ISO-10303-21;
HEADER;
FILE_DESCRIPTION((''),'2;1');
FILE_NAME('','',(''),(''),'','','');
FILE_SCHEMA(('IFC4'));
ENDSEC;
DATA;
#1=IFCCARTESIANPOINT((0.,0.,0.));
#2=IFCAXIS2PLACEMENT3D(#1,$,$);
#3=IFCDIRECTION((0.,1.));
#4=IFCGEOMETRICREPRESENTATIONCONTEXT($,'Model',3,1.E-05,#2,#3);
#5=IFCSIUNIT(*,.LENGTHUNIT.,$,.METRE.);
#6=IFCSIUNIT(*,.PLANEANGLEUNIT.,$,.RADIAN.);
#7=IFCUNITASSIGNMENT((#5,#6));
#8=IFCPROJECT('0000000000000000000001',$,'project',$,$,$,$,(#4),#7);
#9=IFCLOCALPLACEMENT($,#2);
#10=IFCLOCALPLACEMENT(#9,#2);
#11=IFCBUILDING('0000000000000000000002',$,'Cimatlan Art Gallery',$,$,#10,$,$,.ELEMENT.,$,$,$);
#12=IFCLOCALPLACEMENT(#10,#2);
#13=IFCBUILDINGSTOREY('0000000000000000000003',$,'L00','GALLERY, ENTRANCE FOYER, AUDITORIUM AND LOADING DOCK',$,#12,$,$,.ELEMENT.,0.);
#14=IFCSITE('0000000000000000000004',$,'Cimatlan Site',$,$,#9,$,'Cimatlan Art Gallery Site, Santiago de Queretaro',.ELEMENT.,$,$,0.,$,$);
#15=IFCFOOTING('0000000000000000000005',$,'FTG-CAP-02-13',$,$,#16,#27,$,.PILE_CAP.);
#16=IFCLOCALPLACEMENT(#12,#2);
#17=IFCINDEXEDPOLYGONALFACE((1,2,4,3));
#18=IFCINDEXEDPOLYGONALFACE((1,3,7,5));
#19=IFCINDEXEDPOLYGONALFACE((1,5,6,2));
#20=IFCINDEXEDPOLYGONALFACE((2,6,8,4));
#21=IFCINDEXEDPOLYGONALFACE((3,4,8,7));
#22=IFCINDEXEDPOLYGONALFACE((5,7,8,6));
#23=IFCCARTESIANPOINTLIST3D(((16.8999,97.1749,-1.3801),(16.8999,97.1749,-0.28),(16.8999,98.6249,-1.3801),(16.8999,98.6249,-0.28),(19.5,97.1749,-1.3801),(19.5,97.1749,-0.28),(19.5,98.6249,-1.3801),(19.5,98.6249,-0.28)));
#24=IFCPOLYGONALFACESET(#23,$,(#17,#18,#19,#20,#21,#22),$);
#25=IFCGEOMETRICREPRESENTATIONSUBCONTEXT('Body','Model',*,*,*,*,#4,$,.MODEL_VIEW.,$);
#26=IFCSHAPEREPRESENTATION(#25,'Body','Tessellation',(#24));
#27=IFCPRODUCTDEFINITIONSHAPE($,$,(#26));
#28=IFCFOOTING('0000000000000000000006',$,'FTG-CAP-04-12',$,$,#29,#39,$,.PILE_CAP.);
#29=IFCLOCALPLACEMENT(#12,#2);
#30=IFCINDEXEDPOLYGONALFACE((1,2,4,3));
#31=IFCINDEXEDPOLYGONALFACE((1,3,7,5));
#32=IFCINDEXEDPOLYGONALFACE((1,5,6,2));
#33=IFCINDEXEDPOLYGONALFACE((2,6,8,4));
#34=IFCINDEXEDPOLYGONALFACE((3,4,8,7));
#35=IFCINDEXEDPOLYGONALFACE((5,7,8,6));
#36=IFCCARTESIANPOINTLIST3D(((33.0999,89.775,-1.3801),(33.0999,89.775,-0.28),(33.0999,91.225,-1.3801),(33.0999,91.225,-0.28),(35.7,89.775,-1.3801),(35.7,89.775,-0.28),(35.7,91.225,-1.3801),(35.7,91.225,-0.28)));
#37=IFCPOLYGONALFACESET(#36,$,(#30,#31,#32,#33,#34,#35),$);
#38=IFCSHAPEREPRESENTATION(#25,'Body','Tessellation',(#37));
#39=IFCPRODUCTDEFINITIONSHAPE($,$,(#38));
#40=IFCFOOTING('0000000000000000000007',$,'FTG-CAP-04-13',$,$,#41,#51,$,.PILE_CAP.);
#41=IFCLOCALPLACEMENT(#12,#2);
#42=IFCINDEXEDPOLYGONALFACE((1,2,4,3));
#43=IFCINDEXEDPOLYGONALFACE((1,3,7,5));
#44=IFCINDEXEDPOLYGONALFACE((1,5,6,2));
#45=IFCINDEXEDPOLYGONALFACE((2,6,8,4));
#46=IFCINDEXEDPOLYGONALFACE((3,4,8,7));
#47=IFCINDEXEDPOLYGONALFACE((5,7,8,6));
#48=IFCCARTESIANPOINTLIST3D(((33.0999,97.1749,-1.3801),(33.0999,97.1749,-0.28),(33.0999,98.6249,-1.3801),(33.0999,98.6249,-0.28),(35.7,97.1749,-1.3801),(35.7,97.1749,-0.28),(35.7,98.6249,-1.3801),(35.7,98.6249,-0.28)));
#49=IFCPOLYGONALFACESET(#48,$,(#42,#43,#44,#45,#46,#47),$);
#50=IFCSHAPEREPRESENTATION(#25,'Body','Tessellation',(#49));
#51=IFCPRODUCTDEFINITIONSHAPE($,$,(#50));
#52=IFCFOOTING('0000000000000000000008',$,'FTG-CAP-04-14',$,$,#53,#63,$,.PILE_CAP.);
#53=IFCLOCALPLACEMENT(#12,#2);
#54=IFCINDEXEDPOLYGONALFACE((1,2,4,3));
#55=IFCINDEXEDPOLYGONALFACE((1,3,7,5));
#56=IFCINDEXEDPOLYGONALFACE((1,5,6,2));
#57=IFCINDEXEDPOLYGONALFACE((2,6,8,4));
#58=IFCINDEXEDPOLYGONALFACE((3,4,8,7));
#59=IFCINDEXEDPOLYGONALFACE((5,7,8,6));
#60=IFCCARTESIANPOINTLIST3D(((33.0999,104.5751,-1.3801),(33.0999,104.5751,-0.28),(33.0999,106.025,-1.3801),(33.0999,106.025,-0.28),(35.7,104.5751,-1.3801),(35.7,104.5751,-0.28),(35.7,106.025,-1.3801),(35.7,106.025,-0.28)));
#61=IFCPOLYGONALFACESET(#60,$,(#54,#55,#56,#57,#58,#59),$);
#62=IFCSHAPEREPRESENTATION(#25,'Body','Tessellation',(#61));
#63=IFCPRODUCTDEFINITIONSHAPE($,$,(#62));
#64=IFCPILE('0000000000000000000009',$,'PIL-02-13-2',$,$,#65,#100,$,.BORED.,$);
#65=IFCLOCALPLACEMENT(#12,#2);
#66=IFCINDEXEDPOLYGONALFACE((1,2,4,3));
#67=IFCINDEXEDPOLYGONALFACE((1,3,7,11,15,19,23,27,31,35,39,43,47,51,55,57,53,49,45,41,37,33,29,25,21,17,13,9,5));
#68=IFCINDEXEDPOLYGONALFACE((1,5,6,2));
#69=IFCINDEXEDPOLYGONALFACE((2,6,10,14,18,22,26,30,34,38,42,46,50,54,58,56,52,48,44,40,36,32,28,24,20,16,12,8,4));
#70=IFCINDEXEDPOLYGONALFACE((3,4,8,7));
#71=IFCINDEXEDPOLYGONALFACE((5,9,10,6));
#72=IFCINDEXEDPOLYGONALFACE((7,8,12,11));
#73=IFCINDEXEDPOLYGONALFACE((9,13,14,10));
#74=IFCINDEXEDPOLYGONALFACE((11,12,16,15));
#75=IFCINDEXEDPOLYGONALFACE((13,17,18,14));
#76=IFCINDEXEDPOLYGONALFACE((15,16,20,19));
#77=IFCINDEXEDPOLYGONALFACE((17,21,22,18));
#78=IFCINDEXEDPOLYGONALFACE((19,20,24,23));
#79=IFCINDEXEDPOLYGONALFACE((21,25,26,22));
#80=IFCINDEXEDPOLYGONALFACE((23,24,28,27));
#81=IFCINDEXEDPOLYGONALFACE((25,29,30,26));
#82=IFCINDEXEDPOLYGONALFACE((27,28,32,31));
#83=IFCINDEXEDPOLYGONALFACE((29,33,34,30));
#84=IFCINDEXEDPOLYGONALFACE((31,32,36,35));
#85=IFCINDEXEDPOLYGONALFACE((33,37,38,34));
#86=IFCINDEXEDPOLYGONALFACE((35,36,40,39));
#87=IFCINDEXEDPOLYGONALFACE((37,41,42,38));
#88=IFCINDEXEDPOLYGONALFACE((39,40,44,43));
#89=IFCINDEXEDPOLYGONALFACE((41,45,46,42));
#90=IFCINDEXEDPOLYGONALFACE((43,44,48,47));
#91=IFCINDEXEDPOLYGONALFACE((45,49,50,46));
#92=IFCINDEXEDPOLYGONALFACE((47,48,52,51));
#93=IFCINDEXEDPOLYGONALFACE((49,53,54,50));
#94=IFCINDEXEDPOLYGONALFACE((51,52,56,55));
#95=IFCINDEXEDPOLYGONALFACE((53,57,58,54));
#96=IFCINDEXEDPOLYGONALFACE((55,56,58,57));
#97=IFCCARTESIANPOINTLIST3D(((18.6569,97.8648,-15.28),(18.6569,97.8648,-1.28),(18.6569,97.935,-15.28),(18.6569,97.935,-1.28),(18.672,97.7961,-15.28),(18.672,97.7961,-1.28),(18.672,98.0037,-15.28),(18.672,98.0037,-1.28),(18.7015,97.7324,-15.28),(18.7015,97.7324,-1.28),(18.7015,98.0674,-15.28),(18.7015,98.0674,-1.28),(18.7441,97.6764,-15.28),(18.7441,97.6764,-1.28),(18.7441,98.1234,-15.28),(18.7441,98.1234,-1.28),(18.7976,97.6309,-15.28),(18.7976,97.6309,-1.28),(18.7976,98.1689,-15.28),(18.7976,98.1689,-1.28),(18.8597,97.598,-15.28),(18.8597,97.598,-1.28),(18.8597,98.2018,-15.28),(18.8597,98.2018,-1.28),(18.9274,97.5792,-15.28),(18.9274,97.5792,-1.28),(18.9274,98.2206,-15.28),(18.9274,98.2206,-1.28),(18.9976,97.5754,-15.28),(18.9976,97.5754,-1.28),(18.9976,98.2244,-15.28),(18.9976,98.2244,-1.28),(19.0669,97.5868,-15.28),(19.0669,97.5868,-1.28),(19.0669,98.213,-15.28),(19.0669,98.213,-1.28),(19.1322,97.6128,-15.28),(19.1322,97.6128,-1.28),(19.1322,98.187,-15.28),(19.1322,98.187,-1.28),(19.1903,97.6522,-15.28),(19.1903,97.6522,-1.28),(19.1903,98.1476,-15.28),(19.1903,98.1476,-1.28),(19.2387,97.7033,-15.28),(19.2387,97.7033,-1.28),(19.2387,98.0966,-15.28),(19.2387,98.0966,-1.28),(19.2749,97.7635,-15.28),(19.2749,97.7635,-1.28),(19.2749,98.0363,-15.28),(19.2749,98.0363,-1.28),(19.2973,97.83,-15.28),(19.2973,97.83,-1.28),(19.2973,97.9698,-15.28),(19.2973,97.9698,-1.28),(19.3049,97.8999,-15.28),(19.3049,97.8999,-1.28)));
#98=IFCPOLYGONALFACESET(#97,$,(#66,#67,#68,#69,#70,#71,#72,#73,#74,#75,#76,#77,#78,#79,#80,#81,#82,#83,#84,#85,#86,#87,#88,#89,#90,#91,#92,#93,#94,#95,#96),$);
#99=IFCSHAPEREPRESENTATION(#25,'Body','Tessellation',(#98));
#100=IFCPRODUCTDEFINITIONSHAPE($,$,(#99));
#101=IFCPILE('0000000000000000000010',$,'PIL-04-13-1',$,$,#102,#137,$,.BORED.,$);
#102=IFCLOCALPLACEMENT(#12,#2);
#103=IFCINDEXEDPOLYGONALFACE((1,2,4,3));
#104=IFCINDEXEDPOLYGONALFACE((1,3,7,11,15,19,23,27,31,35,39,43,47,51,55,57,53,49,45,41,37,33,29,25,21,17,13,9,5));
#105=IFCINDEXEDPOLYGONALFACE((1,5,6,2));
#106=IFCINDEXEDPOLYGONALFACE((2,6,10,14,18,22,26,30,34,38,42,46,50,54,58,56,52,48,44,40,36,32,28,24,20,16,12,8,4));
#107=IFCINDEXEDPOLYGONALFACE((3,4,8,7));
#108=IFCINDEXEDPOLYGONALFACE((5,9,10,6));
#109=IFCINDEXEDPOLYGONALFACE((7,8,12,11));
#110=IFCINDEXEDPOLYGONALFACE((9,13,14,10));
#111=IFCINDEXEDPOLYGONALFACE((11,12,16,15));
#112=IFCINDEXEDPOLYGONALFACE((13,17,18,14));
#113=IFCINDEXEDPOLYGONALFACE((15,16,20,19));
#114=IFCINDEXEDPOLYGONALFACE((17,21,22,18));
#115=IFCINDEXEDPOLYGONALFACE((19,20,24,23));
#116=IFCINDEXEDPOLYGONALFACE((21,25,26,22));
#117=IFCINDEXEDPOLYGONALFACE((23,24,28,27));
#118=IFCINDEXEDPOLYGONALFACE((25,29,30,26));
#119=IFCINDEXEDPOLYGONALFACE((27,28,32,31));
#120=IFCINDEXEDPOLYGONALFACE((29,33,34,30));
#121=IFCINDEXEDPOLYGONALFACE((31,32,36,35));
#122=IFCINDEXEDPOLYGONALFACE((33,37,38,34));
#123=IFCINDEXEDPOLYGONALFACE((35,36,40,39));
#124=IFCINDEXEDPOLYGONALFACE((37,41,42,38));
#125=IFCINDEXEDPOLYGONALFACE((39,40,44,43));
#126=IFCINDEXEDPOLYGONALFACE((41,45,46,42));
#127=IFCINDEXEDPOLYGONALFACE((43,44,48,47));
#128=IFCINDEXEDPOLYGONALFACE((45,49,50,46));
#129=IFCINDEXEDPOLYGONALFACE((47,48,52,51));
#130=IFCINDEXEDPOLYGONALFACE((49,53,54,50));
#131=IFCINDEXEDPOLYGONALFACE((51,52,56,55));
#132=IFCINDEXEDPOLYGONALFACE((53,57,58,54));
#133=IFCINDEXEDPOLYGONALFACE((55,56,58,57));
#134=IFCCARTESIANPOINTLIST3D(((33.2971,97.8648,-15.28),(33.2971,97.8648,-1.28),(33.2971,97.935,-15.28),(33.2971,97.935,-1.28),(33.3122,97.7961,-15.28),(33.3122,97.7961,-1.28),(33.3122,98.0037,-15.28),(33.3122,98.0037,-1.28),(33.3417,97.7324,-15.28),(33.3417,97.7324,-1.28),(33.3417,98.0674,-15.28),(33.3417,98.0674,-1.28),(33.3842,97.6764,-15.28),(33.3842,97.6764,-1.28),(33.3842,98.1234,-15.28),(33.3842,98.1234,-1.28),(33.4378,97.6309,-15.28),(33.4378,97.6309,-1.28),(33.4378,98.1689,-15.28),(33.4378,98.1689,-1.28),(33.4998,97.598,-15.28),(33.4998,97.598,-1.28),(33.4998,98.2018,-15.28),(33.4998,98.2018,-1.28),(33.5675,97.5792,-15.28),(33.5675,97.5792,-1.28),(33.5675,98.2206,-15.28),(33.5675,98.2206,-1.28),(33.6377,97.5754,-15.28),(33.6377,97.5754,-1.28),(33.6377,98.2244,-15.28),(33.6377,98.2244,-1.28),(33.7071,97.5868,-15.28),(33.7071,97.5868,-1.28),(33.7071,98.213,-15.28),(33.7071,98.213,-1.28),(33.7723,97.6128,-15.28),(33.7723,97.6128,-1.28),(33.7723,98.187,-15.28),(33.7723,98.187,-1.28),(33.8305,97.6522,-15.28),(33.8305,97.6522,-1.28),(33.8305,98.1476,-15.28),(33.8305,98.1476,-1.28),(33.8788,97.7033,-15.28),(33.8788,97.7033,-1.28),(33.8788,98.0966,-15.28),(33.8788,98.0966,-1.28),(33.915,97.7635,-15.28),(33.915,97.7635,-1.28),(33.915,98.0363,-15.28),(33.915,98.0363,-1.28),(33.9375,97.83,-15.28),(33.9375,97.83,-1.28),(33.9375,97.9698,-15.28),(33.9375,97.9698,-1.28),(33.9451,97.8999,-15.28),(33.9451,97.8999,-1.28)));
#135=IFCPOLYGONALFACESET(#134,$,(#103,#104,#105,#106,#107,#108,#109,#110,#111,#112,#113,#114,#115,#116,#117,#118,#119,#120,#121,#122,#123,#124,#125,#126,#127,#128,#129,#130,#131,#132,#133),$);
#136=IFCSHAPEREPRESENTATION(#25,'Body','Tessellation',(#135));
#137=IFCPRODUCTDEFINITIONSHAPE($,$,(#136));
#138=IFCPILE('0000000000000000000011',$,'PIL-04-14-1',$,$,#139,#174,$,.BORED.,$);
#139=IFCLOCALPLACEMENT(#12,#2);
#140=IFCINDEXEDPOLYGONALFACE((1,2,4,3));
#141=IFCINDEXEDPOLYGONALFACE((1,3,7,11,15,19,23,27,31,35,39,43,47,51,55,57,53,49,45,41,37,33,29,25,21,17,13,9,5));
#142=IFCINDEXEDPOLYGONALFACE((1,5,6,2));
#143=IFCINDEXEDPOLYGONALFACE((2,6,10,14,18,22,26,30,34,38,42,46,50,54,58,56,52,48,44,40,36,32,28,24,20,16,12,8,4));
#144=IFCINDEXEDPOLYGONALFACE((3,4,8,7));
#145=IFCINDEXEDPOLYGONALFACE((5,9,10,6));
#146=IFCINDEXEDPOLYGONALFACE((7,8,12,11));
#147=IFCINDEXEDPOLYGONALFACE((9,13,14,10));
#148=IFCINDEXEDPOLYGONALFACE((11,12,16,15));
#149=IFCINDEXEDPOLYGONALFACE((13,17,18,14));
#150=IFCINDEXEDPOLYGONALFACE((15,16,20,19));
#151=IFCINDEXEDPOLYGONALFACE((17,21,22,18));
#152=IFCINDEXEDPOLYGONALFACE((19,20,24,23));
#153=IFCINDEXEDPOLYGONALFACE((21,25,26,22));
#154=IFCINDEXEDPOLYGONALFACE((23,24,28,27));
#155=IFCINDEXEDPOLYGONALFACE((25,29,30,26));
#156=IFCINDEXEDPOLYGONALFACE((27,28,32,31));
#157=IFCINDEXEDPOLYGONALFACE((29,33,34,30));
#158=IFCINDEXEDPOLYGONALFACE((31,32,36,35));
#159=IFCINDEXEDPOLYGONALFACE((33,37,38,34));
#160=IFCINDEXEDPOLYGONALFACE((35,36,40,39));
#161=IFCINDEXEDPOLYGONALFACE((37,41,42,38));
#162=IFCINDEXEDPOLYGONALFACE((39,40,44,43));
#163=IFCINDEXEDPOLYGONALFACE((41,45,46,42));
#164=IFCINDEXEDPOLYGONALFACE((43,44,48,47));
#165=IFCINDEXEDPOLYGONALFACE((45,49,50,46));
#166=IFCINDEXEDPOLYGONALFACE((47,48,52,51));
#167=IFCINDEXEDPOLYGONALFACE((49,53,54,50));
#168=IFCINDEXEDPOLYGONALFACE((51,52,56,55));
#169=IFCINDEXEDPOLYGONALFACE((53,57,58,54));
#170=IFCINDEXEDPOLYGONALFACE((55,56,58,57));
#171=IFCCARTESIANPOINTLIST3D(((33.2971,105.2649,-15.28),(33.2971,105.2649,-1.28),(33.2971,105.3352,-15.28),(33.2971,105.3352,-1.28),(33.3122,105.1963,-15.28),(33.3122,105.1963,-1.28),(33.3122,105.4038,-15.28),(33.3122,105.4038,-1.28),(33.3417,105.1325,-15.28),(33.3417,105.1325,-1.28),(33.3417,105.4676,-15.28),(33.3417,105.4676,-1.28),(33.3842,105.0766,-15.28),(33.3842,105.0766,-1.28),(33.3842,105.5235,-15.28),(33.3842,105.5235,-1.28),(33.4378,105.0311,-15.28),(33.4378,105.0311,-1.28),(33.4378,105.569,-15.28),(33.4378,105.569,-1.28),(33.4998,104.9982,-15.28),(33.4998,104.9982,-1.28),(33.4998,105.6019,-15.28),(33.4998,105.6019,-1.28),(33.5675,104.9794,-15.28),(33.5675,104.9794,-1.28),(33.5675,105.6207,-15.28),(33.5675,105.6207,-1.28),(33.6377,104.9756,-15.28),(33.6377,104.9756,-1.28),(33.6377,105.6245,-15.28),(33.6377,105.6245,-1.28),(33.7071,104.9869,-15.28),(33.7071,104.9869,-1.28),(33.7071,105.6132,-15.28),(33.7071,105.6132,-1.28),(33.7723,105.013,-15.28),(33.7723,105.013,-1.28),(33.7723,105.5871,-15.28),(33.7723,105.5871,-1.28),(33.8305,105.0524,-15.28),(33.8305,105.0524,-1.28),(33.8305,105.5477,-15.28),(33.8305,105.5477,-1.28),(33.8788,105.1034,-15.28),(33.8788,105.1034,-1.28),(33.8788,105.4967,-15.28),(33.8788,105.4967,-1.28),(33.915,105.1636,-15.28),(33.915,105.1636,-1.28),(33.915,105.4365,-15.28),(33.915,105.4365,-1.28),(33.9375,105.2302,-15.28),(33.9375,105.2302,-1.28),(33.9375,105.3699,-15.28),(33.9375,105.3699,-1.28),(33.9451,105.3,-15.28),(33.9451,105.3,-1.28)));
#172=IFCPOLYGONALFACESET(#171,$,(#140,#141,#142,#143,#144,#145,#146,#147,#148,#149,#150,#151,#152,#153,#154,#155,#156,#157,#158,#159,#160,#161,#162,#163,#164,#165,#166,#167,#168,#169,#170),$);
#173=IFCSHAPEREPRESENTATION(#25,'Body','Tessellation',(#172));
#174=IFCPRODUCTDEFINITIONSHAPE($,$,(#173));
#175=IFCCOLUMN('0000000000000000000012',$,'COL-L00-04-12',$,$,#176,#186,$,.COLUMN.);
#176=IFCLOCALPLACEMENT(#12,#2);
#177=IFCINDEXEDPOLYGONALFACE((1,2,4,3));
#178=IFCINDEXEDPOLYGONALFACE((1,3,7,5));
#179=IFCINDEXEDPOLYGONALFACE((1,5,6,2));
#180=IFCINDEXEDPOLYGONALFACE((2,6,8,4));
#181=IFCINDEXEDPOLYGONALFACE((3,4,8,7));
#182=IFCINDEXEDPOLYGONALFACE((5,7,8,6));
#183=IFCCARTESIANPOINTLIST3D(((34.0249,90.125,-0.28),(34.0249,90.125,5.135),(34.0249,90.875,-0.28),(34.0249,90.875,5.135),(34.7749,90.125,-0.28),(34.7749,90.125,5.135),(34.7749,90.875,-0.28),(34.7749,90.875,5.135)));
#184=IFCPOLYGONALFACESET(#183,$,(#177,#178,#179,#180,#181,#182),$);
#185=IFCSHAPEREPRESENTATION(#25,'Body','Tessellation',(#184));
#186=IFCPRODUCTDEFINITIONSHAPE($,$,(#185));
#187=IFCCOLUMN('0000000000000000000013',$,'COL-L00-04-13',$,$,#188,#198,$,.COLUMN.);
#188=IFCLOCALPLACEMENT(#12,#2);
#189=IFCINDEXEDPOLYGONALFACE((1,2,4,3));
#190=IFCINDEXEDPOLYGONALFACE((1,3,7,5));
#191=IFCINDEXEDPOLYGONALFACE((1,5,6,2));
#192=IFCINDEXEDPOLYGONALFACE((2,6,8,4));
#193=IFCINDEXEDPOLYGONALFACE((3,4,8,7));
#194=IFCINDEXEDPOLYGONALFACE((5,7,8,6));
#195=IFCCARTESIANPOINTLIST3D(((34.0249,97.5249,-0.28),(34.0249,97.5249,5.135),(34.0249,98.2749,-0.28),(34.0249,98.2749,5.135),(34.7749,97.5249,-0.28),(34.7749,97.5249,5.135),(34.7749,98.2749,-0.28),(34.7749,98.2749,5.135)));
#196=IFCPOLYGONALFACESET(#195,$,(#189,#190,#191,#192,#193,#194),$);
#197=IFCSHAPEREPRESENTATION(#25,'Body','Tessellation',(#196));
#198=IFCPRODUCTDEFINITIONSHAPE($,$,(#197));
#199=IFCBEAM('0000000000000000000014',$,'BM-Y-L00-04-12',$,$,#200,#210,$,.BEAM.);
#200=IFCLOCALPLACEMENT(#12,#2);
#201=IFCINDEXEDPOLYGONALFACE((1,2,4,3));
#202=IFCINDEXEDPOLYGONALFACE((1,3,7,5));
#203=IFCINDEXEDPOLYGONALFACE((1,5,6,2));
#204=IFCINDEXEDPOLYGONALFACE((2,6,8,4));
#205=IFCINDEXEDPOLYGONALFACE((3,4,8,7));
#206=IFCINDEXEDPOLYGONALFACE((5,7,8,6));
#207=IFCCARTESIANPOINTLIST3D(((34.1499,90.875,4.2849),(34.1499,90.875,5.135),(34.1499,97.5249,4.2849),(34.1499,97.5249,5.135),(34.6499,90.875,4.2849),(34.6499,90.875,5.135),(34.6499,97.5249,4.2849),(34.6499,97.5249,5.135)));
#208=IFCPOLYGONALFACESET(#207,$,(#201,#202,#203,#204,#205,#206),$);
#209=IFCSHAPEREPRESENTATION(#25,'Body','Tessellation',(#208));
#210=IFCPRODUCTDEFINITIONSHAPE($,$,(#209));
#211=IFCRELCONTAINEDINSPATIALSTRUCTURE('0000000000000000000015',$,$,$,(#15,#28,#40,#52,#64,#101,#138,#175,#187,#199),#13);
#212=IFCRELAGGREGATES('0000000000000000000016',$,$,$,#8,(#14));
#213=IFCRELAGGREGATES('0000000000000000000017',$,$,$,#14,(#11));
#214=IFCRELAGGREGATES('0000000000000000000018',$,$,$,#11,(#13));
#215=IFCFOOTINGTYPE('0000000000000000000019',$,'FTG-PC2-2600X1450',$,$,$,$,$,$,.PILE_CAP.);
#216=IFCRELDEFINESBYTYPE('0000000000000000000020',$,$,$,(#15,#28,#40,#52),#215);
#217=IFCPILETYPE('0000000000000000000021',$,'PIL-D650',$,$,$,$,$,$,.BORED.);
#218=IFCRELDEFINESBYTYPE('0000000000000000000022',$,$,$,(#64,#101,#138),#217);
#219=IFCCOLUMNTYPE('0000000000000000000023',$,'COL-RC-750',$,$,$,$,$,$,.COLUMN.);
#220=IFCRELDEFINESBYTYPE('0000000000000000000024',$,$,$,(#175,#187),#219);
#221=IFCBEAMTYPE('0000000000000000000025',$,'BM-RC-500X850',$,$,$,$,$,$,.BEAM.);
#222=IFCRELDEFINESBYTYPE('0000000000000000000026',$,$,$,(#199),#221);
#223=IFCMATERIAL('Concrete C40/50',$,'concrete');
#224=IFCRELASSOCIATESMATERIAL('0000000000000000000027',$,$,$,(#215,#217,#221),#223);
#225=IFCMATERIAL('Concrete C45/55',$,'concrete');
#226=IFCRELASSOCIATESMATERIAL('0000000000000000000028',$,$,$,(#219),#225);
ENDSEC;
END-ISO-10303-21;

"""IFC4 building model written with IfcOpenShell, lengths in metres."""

from ifc_helpers import new_model, si_unit, direction, frame, origin, origin_2d, place, context, subcontext, project, spatial, rectangle, circle, extrude, material, material_profile, profile_set, type_object, element, save


model = new_model("IFC4")

# Units and contexts
model_context = context("Model", 3, precision=1e-05, world=origin(), true_north=direction((0.0, 1.0)))
body_context = subcontext(model_context, "Body", "Model", "MODEL_VIEW")
ifc_project = project(units=[si_unit("LENGTHUNIT", "METRE"), si_unit("PLANEANGLEUNIT", "RADIAN")], contexts=[model_context])

# Site, building, storey
site_placement = place(None, origin())
site = spatial("IfcSite", under=ifc_project, at=site_placement, Name="Cimatlan Site", LongName="Cimatlan Art Gallery Site, Santiago de Queretaro", CompositionType="ELEMENT", RefElevation=0.0)
building_placement = place(site_placement, origin())
building = spatial("IfcBuilding", under=site, at=building_placement, Name="Cimatlan Art Gallery", CompositionType="ELEMENT")
storey_placement = place(building_placement, origin())
storey = spatial("IfcBuildingStorey", under=building, at=storey_placement, Name="L00", Description="GALLERY, ENTRANCE FOYER, AUDITORIUM AND LOADING DOCK", CompositionType="ELEMENT", Elevation=0.0)

# Footings
ifc_material_1 = material(Name="Concrete C40/50", Category="concrete")
footing_type = type_object("IfcFootingType", Name="FTG-PC2-2600X1450", PredefinedType="PILE_CAP", material=ifc_material_1)
for number, where, z_axis, x_axis, name in (
    (1, (18.2, 97.8999, -1.3801), (0.0, 0.0, 1.0), (1.0, 0.0, 0.0), "FTG-CAP-02-13"),
    (2, (34.3999, 90.5, -1.3801), (0.0, 0.0, 1.0), (1.0, 0.0, 0.0), "FTG-CAP-04-12"),
    (3, (34.3999, 97.8999, -1.3801), (0.0, 0.0, 1.0), (1.0, 0.0, 0.0), "FTG-CAP-04-13"),
    (4, (34.3999, 105.3, -1.3801), (0.0, 0.0, 1.0), (1.0, 0.0, 0.0), "FTG-CAP-04-14"),
):
    element("IfcFooting", number, at=place(storey_placement, frame(where, z_axis=z_axis, x_axis=x_axis)), inside=storey, type_object=footing_type, Name=name, PredefinedType="PILE_CAP", context=body_context, shape_type="SweptSolid", body=[
        extrude(rectangle(XDim=2.6001, YDim=1.45, at=origin_2d()), origin(), (0.0, 0.0, 1.0), 1.1001),
    ])

# Piles
pile_type = type_object("IfcPileType", Name="PIL-D650", PredefinedType="BORED", material=ifc_material_1)
for number, where, z_axis, x_axis, name in (
    (5, (18.98, 97.8999, -1.28), (0.0, 0.0, -1.0), (1.0, 0.0, 0.0), "PIL-02-13-2"),
    (6, (33.6201, 97.8999, -1.28), (0.0, 0.0, -1.0), (1.0, 0.0, 0.0), "PIL-04-13-1"),
    (7, (33.6201, 105.3, -1.28), (0.0, 0.0, -1.0), (1.0, 0.0, 0.0), "PIL-04-14-1"),
):
    element("IfcPile", number, at=place(storey_placement, frame(where, z_axis=z_axis, x_axis=x_axis)), inside=storey, type_object=pile_type, Name=name, PredefinedType="BORED", context=body_context, shape_type="SweptSolid", body=[
        extrude(circle(Radius=0.325, at=origin_2d()), origin(), (0.0, 0.0, 1.0), 14.0),
    ])

# Columns
ifc_material_2 = material(Name="Concrete C45/55", Category="concrete")
ifc_material_profile_1 = material_profile(ifc_material_2, rectangle(XDim=0.75, YDim=0.75, at=origin_2d()), Name="RC750X750")
ifc_profile_set_1 = profile_set([ifc_material_profile_1], Name="Concrete C45/55")
column_type = type_object("IfcColumnType", Name="COL-RC-750", PredefinedType="COLUMN", material=ifc_profile_set_1)
for number, where, z_axis, x_axis, name in (
    (8, (34.3999, 90.5, -0.28), (0.0, 0.0, 1.0), (1.0, 0.0, 0.0), "COL-L00-04-12"),
    (9, (34.3999, 97.8999, -0.28), (0.0, 0.0, 1.0), (1.0, 0.0, 0.0), "COL-L00-04-13"),
):
    element("IfcColumn", number, at=place(storey_placement, frame(where, z_axis=z_axis, x_axis=x_axis)), inside=storey, type_object=column_type, Name=name, PredefinedType="COLUMN", context=body_context, shape_type="SweptSolid", body=[
        extrude(rectangle(XDim=0.75, YDim=0.75, at=origin_2d()), origin(), (0.0, 0.0, 1.0), 5.415),
    ])

# Beam
ifc_material_profile_2 = material_profile(ifc_material_1, rectangle(XDim=0.5, YDim=0.8501, at=origin_2d()), Name="RC500X850")
ifc_profile_set_2 = profile_set([ifc_material_profile_2], Name="Concrete C40/50")
beam_type_1 = type_object("IfcBeamType", Name="BM-RC-500X850", PredefinedType="BEAM", material=ifc_profile_set_2)
beam_1_placement = place(storey_placement, frame((34.3999, 90.875, 4.71), z_axis=(0.0, 1.0, 0.0), x_axis=(-1.0, 0.0, 0.0)))
element("IfcBeam", 10, at=beam_1_placement, inside=storey, type_object=beam_type_1, Name="BM-Y-L00-04-12", PredefinedType="BEAM", context=body_context, shape_type="SweptSolid", body=[
    extrude(rectangle(XDim=0.5, YDim=0.8501, at=origin_2d()), origin(), (0.0, 0.0, 1.0), 6.6499),
])

save(model, "model.ifc")
